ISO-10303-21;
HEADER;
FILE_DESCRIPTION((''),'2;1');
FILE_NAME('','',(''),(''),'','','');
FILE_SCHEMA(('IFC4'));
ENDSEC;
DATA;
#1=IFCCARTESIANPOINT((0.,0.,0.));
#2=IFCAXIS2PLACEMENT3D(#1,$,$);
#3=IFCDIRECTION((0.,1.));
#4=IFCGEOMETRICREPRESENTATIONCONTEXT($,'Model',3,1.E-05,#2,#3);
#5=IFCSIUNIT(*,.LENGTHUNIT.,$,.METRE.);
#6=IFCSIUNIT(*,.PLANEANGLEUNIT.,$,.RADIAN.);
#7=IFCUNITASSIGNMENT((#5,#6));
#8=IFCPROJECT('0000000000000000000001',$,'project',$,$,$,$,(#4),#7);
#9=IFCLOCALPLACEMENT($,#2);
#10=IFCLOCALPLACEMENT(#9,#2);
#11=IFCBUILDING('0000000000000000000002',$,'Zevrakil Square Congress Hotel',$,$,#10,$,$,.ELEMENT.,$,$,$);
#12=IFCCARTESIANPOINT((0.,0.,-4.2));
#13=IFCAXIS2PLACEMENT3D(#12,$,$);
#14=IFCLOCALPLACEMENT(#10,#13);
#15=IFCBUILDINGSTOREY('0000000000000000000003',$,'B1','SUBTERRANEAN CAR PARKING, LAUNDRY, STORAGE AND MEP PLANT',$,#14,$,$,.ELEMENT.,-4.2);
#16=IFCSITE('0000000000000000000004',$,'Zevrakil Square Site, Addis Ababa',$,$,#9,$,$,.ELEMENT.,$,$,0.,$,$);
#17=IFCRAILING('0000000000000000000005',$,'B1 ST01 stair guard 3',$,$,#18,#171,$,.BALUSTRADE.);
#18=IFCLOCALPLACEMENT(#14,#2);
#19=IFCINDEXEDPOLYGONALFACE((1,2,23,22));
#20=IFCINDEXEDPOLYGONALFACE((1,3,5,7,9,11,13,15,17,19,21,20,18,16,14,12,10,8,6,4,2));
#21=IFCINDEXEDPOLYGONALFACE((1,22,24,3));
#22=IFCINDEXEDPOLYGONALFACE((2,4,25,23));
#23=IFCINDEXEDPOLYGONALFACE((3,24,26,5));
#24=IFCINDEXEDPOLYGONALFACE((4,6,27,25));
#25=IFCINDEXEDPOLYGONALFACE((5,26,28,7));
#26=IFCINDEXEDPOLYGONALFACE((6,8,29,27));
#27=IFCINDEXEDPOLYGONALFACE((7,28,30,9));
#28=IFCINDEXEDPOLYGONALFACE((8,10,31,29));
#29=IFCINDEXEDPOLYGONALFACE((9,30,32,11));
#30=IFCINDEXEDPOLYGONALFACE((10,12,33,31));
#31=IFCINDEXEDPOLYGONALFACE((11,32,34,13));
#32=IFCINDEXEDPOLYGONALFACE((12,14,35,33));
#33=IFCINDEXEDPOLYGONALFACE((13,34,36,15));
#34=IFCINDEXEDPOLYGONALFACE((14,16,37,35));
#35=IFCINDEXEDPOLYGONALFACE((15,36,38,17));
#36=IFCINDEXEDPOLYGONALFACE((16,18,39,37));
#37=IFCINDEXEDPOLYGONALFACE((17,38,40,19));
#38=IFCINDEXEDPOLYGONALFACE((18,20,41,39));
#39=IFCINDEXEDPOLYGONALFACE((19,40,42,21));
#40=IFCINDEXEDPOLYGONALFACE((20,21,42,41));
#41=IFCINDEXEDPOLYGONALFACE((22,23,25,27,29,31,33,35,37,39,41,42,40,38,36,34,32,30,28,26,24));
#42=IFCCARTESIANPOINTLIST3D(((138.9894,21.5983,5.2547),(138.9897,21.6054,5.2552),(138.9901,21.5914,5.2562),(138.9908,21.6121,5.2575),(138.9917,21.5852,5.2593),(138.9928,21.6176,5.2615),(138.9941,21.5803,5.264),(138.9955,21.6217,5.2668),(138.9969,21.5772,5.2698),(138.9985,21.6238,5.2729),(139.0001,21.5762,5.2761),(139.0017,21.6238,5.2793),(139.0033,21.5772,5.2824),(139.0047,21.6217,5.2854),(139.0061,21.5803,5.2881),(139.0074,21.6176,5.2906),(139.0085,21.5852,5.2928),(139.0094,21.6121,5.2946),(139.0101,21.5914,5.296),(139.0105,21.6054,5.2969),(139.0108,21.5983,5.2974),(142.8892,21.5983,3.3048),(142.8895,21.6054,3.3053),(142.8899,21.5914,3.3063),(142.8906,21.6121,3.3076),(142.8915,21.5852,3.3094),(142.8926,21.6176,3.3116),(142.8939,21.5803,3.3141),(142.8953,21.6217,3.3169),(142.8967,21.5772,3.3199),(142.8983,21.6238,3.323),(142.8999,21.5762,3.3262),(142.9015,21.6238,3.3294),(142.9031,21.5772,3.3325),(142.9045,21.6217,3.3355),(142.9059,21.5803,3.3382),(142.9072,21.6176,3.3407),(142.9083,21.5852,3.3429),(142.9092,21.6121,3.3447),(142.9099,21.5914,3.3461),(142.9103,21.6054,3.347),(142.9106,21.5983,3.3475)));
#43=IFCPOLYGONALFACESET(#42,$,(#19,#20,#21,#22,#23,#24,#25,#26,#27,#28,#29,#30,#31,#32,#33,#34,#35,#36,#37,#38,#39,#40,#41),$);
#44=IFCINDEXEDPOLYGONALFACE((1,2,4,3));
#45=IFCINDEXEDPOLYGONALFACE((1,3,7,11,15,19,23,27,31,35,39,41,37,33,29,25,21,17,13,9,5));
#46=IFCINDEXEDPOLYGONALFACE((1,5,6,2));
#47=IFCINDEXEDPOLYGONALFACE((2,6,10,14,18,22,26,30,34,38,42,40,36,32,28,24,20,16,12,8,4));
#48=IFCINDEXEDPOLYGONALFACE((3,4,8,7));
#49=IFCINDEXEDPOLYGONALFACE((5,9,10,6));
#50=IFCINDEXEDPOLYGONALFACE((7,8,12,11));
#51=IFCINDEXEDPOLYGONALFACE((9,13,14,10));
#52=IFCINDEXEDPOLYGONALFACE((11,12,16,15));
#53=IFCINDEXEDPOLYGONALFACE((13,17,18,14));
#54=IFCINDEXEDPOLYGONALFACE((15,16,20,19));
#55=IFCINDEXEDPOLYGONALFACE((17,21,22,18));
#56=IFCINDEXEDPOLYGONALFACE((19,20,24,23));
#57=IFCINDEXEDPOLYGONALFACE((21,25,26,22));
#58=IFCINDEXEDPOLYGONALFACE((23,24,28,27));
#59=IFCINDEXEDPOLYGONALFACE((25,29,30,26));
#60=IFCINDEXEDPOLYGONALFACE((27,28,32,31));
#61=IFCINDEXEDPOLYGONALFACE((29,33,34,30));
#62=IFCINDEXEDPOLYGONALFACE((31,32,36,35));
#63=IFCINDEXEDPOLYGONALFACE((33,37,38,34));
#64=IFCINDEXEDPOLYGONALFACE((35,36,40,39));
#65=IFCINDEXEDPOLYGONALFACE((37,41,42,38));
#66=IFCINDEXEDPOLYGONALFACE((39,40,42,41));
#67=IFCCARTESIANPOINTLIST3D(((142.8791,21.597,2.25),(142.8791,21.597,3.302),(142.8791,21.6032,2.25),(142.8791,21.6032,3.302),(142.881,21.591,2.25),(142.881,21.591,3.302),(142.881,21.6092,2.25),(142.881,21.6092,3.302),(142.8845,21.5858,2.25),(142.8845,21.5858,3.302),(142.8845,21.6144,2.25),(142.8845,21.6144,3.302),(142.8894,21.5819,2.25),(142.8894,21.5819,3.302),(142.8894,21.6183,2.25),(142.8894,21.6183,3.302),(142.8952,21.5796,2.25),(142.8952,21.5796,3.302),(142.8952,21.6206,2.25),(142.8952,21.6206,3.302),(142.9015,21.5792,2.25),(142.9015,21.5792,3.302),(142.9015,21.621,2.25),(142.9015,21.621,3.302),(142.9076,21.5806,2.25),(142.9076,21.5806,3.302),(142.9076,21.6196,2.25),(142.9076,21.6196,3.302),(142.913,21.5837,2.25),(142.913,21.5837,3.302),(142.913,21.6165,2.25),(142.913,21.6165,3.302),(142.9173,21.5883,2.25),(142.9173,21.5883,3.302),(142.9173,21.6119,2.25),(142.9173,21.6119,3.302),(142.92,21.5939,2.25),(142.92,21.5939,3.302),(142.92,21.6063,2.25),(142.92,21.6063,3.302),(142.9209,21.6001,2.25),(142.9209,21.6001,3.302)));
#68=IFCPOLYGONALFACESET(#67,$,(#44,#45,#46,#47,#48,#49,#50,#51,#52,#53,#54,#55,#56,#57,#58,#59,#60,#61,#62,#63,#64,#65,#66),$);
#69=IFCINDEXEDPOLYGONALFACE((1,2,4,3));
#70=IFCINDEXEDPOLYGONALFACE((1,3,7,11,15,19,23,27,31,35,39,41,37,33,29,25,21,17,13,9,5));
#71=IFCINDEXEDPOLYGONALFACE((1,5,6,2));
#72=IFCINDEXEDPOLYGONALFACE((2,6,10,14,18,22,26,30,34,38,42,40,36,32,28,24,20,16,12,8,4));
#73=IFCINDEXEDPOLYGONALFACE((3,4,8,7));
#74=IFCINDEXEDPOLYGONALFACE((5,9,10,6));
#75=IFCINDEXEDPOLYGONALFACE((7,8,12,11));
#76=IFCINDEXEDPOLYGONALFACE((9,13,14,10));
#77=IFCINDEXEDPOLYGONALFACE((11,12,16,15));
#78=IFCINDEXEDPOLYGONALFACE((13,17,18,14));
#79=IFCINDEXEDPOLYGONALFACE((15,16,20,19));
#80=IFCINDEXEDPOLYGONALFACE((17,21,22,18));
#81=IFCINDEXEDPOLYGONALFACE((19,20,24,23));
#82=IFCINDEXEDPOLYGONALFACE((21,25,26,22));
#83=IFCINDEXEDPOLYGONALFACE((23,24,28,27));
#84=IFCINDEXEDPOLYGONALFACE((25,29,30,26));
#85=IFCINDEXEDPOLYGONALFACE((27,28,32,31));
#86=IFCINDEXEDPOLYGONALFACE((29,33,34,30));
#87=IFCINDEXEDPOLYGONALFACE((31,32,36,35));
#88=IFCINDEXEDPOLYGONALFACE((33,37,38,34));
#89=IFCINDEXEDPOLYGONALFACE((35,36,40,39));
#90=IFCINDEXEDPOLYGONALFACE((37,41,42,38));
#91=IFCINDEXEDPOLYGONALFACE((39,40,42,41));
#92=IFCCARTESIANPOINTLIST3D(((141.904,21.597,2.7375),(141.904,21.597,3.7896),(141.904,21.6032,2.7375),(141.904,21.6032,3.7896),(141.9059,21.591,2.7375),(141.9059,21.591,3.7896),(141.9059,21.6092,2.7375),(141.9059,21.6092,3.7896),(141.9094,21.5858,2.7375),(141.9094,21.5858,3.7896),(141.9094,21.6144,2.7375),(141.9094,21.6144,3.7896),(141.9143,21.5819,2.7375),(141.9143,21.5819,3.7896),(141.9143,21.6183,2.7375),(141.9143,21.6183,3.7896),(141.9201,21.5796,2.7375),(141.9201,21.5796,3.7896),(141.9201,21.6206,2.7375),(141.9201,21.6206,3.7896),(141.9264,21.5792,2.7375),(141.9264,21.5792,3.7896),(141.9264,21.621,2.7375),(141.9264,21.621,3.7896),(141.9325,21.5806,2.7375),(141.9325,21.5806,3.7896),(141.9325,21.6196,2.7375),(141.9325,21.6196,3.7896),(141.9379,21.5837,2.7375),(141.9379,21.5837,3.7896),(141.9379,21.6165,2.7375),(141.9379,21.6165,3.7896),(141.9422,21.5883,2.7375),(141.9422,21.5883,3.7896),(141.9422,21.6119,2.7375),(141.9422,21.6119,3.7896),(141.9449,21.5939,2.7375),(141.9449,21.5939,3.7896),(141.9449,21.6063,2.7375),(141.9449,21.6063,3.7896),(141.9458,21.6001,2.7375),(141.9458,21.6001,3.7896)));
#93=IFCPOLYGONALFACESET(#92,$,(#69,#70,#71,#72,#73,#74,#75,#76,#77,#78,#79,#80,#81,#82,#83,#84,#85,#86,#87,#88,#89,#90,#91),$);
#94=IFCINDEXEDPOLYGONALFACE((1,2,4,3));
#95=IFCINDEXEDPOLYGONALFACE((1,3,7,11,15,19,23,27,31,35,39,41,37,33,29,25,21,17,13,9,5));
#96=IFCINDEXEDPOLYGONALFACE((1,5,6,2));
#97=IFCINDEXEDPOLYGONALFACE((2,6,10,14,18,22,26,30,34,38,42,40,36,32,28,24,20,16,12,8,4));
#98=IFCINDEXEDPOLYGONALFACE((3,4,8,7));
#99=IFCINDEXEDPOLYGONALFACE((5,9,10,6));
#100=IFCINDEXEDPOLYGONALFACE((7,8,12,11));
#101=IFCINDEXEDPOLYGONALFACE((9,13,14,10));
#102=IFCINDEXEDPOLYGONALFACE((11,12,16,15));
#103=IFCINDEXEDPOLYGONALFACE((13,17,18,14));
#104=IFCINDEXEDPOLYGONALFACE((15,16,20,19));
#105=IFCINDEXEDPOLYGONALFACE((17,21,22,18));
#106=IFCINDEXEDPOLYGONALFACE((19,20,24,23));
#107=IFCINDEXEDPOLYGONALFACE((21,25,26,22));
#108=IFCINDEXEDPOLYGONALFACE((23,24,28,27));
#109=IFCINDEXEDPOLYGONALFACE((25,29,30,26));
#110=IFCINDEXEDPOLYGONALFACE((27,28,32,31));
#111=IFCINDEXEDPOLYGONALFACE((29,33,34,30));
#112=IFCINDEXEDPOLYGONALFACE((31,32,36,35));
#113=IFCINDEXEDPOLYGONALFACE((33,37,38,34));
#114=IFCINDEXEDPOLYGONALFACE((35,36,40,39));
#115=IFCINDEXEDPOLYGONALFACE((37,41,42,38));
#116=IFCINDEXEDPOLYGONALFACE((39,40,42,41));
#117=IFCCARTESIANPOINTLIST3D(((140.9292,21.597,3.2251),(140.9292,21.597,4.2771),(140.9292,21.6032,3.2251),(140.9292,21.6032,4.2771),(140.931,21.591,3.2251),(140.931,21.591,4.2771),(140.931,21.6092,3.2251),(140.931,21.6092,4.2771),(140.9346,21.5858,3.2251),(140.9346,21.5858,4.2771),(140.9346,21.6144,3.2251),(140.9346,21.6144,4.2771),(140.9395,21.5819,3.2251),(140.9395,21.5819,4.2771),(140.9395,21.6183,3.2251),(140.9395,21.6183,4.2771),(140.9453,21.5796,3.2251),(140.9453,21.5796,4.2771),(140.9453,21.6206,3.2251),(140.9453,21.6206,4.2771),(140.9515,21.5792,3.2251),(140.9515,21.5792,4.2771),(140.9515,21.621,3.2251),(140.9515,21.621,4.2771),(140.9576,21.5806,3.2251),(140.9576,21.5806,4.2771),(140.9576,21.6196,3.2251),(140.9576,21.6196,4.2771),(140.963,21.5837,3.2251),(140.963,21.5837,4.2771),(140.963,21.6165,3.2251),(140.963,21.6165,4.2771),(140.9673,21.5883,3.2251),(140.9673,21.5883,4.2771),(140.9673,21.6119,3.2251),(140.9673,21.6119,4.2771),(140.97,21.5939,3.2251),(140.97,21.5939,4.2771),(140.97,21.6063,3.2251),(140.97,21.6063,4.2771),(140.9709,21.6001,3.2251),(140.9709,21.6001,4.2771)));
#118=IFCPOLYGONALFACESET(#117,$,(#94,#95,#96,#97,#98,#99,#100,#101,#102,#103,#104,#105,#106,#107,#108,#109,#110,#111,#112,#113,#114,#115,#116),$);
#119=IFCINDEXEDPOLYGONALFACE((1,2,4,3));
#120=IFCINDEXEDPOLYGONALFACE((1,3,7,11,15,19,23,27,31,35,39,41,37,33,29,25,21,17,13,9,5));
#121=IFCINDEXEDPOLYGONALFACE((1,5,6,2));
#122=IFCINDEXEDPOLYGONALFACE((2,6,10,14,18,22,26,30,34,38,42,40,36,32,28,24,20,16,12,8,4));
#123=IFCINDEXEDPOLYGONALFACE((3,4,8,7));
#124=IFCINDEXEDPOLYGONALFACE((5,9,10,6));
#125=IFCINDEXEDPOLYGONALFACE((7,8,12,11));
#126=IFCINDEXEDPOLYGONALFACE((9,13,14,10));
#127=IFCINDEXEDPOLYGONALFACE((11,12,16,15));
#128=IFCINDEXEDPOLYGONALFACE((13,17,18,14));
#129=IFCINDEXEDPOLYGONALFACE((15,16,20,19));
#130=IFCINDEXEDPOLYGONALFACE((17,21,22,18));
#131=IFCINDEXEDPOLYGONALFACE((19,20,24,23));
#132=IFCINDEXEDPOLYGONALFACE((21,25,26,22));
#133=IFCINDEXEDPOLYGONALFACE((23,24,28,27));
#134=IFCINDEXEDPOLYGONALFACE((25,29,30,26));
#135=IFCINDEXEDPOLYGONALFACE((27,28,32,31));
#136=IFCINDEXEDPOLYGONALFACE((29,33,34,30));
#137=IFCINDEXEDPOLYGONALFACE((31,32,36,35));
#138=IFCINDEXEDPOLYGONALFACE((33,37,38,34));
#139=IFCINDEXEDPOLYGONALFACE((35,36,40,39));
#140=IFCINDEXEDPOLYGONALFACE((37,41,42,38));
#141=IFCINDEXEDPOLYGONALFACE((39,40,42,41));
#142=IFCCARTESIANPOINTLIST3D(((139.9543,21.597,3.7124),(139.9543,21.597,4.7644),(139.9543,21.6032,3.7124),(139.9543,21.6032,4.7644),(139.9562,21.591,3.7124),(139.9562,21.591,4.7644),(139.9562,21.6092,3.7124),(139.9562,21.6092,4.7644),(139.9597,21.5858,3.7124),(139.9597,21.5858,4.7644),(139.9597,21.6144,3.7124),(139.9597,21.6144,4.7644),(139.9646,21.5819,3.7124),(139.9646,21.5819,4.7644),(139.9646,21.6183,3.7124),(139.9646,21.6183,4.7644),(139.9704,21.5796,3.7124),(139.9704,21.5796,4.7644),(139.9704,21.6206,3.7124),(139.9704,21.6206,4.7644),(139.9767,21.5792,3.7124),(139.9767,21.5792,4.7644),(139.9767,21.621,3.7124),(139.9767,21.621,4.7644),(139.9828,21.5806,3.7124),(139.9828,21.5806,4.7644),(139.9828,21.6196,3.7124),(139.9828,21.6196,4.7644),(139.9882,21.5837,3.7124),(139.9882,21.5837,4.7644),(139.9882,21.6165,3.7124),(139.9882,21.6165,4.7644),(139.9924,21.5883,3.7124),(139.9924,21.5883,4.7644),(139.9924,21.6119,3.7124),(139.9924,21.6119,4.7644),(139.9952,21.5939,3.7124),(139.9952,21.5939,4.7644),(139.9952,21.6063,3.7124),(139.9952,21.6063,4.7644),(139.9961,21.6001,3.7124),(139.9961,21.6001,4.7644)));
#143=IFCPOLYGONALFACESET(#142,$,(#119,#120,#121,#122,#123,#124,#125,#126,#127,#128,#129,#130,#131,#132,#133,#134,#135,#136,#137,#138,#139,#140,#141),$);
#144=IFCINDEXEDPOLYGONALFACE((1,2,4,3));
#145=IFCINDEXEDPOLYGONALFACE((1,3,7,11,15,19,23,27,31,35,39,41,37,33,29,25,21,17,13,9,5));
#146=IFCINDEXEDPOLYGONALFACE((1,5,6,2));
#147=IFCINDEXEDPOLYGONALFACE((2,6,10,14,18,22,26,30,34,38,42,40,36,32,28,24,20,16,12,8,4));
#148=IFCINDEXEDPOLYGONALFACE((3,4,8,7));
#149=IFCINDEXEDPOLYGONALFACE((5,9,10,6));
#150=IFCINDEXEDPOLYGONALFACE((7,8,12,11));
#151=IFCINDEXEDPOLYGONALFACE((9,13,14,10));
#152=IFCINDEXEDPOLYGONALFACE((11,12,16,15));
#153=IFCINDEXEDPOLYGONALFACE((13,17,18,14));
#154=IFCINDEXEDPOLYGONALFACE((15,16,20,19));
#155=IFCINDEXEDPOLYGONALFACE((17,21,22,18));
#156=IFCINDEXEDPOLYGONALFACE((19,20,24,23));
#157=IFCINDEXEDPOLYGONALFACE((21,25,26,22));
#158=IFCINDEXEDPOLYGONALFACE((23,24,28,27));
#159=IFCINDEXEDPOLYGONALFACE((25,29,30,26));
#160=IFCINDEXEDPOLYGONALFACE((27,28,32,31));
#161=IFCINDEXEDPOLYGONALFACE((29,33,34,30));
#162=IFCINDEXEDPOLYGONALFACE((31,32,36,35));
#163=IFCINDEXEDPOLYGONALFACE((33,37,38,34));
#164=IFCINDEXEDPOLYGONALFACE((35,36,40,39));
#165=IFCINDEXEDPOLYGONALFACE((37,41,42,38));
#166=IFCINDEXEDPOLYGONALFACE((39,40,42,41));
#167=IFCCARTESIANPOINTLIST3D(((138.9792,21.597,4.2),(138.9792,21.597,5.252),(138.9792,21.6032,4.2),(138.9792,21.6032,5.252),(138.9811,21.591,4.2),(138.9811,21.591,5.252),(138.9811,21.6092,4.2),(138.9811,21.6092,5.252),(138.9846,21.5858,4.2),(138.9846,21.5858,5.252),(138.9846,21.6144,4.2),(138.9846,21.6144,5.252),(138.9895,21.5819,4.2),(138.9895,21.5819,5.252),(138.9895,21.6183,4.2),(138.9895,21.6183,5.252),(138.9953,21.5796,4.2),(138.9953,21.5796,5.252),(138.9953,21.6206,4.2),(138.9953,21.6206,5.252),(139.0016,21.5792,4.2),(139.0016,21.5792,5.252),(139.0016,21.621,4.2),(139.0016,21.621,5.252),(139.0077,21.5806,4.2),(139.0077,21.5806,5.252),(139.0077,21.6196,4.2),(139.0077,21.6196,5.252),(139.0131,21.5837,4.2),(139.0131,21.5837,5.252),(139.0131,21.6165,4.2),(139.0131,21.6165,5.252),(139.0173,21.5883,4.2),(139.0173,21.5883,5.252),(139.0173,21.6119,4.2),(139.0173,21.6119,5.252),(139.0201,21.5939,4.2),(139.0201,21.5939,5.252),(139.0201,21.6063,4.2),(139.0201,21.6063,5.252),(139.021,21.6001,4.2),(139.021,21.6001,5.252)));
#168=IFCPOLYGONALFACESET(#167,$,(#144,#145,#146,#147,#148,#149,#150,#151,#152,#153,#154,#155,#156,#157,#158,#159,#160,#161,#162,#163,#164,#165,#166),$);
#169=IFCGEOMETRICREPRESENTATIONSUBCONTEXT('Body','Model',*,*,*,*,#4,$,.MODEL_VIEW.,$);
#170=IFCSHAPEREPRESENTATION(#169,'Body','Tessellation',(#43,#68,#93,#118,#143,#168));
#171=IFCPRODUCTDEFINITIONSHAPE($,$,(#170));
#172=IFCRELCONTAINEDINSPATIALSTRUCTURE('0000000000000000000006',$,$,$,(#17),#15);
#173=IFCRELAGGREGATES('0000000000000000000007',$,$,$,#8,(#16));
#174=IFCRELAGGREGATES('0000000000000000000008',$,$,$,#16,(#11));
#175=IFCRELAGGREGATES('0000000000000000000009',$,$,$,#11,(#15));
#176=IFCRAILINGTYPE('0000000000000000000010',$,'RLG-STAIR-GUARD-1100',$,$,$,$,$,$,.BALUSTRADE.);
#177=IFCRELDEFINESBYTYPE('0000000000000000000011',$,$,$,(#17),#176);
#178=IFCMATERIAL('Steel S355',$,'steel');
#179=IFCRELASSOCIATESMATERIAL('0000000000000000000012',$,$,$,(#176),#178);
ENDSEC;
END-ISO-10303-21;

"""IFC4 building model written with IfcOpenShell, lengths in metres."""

from ifc_helpers import new_model, si_unit, direction, frame, origin, origin_2d, place, context, subcontext, project, spatial, circle, extrude, material, type_object, element, save


model = new_model("IFC4")

# Units and contexts
model_context = context("Model", 3, precision=1e-05, world=origin(), true_north=direction((0.0, 1.0)))
body_context = subcontext(model_context, "Body", "Model", "MODEL_VIEW")
ifc_project = project(units=[si_unit("LENGTHUNIT", "METRE"), si_unit("PLANEANGLEUNIT", "RADIAN")], contexts=[model_context])

# Site, building, storey
site_placement = place(None, origin())
site = spatial("IfcSite", under=ifc_project, at=site_placement, Name="Zevrakil Square Site, Addis Ababa", CompositionType="ELEMENT", RefElevation=0.0)
building_placement = place(site_placement, origin())
building = spatial("IfcBuilding", under=site, at=building_placement, Name="Zevrakil Square Congress Hotel", CompositionType="ELEMENT")
storey_placement = place(building_placement, frame((0.0, 0.0, -4.2)))
storey = spatial("IfcBuildingStorey", under=building, at=storey_placement, Name="B1", Description="SUBTERRANEAN CAR PARKING, LAUNDRY, STORAGE AND MEP PLANT", CompositionType="ELEMENT", Elevation=-4.2)

# Railing
ifc_material_1 = material(Name="Steel S355", Category="steel")
railing_type_1 = type_object("IfcRailingType", Name="RLG-STAIR-GUARD-1100", PredefinedType="BALUSTRADE", material=ifc_material_1)
railing_1_placement = place(storey_placement, frame((142.8999, 21.6001, 2.25)))
element("IfcRailing", 1, at=railing_1_placement, inside=storey, type_object=railing_type_1, Name="B1 ST01 stair guard 3", PredefinedType="BALUSTRADE", context=body_context, shape_type="SweptSolid", body=[
    extrude(circle(Radius=0.0239, at=origin_2d()), frame((0.0, 0.0, 1.0762), z_axis=(-0.894427, 0.0, 0.447214), x_axis=(0.0, -1.0, 0.0)), (0.0, 0.0, 1.0), 4.3601),
    extrude(circle(Radius=0.021, at=origin_2d()), origin(), (0.0, 0.0, 1.0), 1.052),
    extrude(circle(Radius=0.021, at=origin_2d()), frame((-0.9751, 0.0, 0.4875)), (0.0, 0.0, 1.0), 1.052),
    extrude(circle(Radius=0.021, at=origin_2d()), frame((-1.95, 0.0, 0.9751)), (0.0, 0.0, 1.0), 1.052),
    extrude(circle(Radius=0.021, at=origin_2d()), frame((-2.9248, 0.0, 1.4624)), (0.0, 0.0, 1.0), 1.052),
    extrude(circle(Radius=0.021, at=origin_2d()), frame((-3.8999, 0.0, 1.95)), (0.0, 0.0, 1.0), 1.052),
])

save(model, "model.ifc")
